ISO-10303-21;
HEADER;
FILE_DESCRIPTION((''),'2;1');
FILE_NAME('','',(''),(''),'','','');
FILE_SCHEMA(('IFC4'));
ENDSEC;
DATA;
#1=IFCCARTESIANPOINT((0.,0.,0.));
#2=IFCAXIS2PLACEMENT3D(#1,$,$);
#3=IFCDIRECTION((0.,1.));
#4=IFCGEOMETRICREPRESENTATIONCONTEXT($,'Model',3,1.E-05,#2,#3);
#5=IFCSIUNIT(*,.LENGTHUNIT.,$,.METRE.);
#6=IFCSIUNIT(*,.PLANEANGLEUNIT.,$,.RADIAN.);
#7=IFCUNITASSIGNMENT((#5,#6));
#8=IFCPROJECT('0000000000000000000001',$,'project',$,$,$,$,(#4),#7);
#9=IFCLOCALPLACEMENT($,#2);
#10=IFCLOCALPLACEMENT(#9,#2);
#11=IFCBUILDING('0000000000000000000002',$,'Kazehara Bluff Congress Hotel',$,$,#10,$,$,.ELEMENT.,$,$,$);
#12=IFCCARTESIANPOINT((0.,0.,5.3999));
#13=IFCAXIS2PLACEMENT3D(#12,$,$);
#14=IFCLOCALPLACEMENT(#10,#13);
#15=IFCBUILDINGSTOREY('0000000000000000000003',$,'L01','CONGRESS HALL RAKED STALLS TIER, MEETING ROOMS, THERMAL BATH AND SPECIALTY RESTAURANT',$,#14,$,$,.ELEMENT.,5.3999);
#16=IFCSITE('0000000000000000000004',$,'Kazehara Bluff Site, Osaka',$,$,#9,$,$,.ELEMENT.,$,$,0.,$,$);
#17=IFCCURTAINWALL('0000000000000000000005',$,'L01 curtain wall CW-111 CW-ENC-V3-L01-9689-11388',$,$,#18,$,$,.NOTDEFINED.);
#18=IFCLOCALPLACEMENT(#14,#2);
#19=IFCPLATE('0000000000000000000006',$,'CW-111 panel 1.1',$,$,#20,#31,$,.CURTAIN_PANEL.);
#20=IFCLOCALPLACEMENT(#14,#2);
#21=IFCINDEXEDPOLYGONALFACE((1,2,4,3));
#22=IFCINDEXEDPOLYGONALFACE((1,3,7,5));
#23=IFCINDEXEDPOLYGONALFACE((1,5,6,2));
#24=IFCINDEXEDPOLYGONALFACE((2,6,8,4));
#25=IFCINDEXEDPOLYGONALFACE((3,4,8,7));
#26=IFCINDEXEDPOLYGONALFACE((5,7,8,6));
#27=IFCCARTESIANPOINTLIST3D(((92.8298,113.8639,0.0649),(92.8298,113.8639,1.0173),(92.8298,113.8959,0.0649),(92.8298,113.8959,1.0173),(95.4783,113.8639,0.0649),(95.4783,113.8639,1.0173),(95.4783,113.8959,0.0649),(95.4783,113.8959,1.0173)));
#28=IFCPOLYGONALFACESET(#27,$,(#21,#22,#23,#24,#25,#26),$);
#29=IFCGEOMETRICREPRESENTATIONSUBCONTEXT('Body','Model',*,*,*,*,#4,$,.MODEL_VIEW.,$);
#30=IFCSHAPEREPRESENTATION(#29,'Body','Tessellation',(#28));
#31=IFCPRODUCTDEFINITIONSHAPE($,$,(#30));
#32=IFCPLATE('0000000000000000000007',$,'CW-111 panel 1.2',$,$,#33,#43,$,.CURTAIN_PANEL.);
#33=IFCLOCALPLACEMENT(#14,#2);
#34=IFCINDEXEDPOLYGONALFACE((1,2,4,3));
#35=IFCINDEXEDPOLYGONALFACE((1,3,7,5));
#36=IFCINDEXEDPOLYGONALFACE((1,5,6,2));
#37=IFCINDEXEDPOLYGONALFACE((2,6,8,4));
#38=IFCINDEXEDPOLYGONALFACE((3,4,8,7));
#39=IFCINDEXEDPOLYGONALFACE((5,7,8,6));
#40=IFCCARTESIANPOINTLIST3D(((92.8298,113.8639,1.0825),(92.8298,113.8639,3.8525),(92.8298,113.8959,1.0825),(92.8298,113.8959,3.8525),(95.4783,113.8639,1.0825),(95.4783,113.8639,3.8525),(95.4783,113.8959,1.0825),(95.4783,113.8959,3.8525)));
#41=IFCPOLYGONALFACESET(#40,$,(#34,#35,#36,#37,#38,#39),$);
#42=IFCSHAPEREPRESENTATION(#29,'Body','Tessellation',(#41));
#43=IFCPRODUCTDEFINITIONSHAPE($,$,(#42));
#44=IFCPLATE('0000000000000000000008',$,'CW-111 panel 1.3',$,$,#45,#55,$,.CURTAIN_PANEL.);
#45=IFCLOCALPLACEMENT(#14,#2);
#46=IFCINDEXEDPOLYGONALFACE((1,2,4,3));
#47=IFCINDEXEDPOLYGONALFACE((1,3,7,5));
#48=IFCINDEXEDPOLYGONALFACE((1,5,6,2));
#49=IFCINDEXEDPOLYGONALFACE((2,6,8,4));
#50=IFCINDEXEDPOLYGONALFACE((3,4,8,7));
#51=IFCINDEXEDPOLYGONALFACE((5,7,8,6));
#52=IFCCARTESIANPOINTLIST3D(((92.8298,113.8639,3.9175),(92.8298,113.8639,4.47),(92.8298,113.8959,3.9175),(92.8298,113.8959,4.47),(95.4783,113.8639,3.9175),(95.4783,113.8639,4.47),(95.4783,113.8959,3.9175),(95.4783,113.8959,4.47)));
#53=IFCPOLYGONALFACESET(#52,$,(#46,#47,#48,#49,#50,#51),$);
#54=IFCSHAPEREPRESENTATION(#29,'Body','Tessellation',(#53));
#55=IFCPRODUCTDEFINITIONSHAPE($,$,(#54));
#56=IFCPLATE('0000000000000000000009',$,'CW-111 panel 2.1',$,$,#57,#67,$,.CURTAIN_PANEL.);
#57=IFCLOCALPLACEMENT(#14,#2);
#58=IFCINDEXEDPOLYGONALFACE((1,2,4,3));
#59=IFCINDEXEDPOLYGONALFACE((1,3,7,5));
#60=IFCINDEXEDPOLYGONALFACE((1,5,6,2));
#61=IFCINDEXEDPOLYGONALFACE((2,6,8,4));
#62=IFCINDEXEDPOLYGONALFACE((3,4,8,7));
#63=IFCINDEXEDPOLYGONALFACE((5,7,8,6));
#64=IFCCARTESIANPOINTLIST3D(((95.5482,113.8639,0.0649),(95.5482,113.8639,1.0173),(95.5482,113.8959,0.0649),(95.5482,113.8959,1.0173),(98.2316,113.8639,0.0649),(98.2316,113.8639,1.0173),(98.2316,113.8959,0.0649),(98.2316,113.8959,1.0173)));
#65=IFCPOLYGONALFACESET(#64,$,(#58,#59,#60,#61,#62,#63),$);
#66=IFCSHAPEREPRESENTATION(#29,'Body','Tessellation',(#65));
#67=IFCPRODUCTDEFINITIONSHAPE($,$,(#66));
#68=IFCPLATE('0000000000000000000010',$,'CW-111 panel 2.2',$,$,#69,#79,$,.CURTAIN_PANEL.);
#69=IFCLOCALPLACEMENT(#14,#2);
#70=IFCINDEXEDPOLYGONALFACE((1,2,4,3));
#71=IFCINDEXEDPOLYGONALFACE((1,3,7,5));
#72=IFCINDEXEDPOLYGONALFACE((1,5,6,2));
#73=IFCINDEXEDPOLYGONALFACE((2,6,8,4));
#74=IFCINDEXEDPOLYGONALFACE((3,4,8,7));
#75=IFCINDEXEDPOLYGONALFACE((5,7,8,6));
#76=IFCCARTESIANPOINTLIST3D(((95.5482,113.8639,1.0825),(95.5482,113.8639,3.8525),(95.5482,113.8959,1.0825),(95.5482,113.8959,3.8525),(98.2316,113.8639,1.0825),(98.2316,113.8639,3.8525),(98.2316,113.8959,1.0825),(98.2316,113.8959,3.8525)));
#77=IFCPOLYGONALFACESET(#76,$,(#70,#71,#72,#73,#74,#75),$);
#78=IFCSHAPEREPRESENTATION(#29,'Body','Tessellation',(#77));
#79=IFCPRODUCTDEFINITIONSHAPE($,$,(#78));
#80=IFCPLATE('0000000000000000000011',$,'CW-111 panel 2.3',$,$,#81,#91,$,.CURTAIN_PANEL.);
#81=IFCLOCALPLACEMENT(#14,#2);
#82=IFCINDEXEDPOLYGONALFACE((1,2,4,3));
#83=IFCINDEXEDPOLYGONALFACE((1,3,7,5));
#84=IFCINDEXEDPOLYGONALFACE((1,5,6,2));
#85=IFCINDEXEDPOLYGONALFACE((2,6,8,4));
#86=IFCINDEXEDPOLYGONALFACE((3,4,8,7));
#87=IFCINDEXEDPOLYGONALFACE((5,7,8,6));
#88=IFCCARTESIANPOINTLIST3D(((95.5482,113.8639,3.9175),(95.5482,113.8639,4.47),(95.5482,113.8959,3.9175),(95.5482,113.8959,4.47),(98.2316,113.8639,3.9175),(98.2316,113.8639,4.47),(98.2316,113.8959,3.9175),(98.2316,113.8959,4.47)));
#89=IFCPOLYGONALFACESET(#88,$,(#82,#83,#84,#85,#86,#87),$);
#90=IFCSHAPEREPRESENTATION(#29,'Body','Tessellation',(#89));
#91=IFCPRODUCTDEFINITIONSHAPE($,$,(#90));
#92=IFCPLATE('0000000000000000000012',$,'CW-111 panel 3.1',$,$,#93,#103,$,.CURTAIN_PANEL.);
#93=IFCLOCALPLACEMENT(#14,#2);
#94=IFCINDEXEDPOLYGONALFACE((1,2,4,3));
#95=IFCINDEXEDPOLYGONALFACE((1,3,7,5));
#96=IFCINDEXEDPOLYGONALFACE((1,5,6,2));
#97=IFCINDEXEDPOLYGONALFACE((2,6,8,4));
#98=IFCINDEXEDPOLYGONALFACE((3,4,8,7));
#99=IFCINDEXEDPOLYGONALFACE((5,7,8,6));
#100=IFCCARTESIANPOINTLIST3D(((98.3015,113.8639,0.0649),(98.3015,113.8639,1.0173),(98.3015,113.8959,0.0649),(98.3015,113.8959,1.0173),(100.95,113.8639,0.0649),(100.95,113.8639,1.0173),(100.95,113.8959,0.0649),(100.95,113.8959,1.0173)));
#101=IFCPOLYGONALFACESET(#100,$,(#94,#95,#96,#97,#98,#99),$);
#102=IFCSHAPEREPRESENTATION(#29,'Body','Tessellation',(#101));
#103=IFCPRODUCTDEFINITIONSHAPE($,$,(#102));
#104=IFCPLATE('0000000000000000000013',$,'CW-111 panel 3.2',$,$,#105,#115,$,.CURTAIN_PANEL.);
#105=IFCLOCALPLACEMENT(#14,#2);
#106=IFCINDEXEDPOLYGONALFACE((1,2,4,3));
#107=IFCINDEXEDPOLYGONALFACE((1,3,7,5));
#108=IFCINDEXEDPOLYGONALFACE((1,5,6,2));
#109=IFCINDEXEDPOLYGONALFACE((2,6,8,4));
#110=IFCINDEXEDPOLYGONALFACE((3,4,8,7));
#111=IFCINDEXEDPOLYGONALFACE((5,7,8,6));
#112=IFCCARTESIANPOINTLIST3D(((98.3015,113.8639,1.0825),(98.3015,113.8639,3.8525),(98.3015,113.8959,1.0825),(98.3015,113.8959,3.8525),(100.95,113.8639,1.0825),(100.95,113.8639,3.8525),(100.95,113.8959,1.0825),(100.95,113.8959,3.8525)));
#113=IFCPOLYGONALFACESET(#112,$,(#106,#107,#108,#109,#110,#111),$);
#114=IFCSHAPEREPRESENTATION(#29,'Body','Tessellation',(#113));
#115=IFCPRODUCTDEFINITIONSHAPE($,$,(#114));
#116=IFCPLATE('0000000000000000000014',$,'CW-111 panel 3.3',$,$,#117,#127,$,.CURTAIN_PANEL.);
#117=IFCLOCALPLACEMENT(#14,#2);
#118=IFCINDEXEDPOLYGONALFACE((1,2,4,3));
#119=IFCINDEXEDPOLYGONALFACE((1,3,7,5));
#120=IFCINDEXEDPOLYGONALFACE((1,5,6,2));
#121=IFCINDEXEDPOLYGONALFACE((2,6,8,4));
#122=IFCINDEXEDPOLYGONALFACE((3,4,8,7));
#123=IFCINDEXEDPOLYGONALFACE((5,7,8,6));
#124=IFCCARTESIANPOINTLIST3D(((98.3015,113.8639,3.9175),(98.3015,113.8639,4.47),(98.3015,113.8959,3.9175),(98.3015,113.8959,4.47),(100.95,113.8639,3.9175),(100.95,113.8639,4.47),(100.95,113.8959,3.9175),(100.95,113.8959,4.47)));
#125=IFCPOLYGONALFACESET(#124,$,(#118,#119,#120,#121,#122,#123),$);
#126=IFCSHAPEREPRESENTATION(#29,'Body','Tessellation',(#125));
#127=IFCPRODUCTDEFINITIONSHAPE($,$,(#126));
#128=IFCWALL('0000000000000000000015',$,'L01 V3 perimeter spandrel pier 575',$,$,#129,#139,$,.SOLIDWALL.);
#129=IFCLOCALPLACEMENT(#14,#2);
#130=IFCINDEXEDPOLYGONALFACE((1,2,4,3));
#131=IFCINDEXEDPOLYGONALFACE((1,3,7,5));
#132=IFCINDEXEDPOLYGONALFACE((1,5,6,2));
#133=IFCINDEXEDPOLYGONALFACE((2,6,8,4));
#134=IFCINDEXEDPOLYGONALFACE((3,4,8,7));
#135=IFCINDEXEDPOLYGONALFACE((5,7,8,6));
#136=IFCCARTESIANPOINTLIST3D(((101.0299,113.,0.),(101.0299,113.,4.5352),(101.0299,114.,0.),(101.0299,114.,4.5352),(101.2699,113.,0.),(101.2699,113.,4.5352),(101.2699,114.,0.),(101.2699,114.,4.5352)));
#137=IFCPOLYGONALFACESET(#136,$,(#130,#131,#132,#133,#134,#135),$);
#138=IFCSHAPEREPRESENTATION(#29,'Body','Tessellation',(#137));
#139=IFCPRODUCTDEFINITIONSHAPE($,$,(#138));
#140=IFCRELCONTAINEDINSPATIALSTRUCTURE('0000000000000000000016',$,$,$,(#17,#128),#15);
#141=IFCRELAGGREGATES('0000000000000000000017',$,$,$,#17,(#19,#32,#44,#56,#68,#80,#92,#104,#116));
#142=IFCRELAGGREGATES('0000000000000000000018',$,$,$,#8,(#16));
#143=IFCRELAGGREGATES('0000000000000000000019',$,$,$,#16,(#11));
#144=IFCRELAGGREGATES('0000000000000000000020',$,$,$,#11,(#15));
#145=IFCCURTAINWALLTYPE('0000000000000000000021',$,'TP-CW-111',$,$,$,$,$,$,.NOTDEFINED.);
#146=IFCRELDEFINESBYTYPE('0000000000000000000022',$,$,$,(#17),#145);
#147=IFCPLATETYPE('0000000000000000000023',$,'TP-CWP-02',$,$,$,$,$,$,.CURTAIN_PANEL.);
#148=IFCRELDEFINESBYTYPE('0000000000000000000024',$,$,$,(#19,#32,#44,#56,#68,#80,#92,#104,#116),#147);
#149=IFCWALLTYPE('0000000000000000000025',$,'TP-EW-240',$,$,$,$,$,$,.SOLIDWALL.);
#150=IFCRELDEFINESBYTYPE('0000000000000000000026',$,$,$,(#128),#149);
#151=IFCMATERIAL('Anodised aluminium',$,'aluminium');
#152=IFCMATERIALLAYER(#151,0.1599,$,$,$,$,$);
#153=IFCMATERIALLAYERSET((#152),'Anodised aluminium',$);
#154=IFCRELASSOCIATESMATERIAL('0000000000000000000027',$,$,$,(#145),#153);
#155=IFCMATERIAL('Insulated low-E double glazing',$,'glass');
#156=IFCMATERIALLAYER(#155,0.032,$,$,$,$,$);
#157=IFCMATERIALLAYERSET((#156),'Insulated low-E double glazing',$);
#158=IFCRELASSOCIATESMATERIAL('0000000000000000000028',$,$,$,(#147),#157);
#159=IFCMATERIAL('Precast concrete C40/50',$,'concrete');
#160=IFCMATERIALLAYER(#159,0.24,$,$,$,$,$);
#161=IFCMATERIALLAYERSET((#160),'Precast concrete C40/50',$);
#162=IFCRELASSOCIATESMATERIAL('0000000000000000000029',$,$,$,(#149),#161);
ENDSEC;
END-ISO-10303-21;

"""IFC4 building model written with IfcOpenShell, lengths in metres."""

from ifc_helpers import new_model, si_unit, direction, frame, frame_2d, origin, origin_2d, place, context, subcontext, project, spatial, rectangle, extrude, material, layer, layer_set, type_object, element, aggregate, save


model = new_model("IFC4")

# Units and contexts
model_context = context("Model", 3, precision=1e-05, world=origin(), true_north=direction((0.0, 1.0)))
body_context = subcontext(model_context, "Body", "Model", "MODEL_VIEW")
ifc_project = project(units=[si_unit("LENGTHUNIT", "METRE"), si_unit("PLANEANGLEUNIT", "RADIAN")], contexts=[model_context])

# Site, building, storey
site_placement = place(None, origin())
site = spatial("IfcSite", under=ifc_project, at=site_placement, Name="Kazehara Bluff Site, Osaka", CompositionType="ELEMENT", RefElevation=0.0)
building_placement = place(site_placement, origin())
building = spatial("IfcBuilding", under=site, at=building_placement, Name="Kazehara Bluff Congress Hotel", CompositionType="ELEMENT")
storey_placement = place(building_placement, frame((0.0, 0.0, 5.3999)))
storey = spatial("IfcBuildingStorey", under=building, at=storey_placement, Name="L01", Description="CONGRESS HALL RAKED STALLS TIER, MEETING ROOMS, THERMAL BATH AND SPECIALTY RESTAURANT", CompositionType="ELEMENT", Elevation=5.3999)

# Curtain wall
ifc_material_1 = material(Name="Anodised aluminium", Category="aluminium")
ifc_layer_1 = layer(ifc_material_1, 0.1599)
ifc_layer_set_1 = layer_set([ifc_layer_1], Name="Anodised aluminium")
curtain_wall_type = type_object("IfcCurtainWallType", Name="TP-CW-111", PredefinedType="NOTDEFINED", material=ifc_layer_set_1)
curtain_wall_placement = place(storey_placement, origin())
curtain_wall = element("IfcCurtainWall", 1, at=curtain_wall_placement, inside=storey, type_object=curtain_wall_type, Name="L01 curtain wall CW-111 CW-ENC-V3-L01-9689-11388", PredefinedType="NOTDEFINED")

# Plates
ifc_material_2 = material(Name="Insulated low-E double glazing", Category="glass")
ifc_layer_2 = layer(ifc_material_2, 0.032)
ifc_layer_set_2 = layer_set([ifc_layer_2], Name="Insulated low-E double glazing")
plate_type = type_object("IfcPlateType", Name="TP-CWP-02", PredefinedType="CURTAIN_PANEL", material=ifc_layer_set_2)
plate_1_placement = place(storey_placement, frame((94.1541, 113.8799, 0.0649), z_axis=(0.0, 0.0, 1.0), x_axis=(1.0, 0.0, 0.0)))
plate_1 = element("IfcPlate", 2, at=plate_1_placement, type_object=plate_type, Name="CW-111 panel 1.1", PredefinedType="CURTAIN_PANEL", context=body_context, shape_type="SweptSolid", body=[
    extrude(rectangle(XDim=2.6484, YDim=0.032, at=origin_2d()), origin(), (0.0, 0.0, 1.0), 0.9524),
])
plate_2_placement = place(storey_placement, frame((94.1541, 113.8799, 1.0825), z_axis=(0.0, 0.0, 1.0), x_axis=(1.0, 0.0, 0.0)))
plate_2 = element("IfcPlate", 3, at=plate_2_placement, type_object=plate_type, Name="CW-111 panel 1.2", PredefinedType="CURTAIN_PANEL", context=body_context, shape_type="SweptSolid", body=[
    extrude(rectangle(XDim=2.6484, YDim=0.032, at=origin_2d()), origin(), (0.0, 0.0, 1.0), 2.77),
])
plate_3_placement = place(storey_placement, frame((94.1541, 113.8799, 3.9175), z_axis=(0.0, 0.0, 1.0), x_axis=(1.0, 0.0, 0.0)))
plate_3 = element("IfcPlate", 4, at=plate_3_placement, type_object=plate_type, Name="CW-111 panel 1.3", PredefinedType="CURTAIN_PANEL", context=body_context, shape_type="SweptSolid", body=[
    extrude(rectangle(XDim=2.6484, YDim=0.032, at=origin_2d()), origin(), (0.0, 0.0, 1.0), 0.5525),
])
plate_4_placement = place(storey_placement, frame((96.8899, 113.8799, 0.0649), z_axis=(0.0, 0.0, 1.0), x_axis=(1.0, 0.0, 0.0)))
plate_4 = element("IfcPlate", 5, at=plate_4_placement, type_object=plate_type, Name="CW-111 panel 2.1", PredefinedType="CURTAIN_PANEL", context=body_context, shape_type="SweptSolid", body=[
    extrude(rectangle(XDim=2.6833, YDim=0.032, at=origin_2d()), origin(), (0.0, 0.0, 1.0), 0.9524),
])
plate_5_placement = place(storey_placement, frame((96.8899, 113.8799, 1.0825), z_axis=(0.0, 0.0, 1.0), x_axis=(1.0, 0.0, 0.0)))
plate_5 = element("IfcPlate", 6, at=plate_5_placement, type_object=plate_type, Name="CW-111 panel 2.2", PredefinedType="CURTAIN_PANEL", context=body_context, shape_type="SweptSolid", body=[
    extrude(rectangle(XDim=2.6833, YDim=0.032, at=origin_2d()), origin(), (0.0, 0.0, 1.0), 2.77),
])
plate_6_placement = place(storey_placement, frame((96.8899, 113.8799, 3.9175), z_axis=(0.0, 0.0, 1.0), x_axis=(1.0, 0.0, 0.0)))
plate_6 = element("IfcPlate", 7, at=plate_6_placement, type_object=plate_type, Name="CW-111 panel 2.3", PredefinedType="CURTAIN_PANEL", context=body_context, shape_type="SweptSolid", body=[
    extrude(rectangle(XDim=2.6833, YDim=0.032, at=origin_2d()), origin(), (0.0, 0.0, 1.0), 0.5525),
])
plate_7_placement = place(storey_placement, frame((99.6257, 113.8799, 0.0649), z_axis=(0.0, 0.0, 1.0), x_axis=(1.0, 0.0, 0.0)))
plate_7 = element("IfcPlate", 8, at=plate_7_placement, type_object=plate_type, Name="CW-111 panel 3.1", PredefinedType="CURTAIN_PANEL", context=body_context, shape_type="SweptSolid", body=[
    extrude(rectangle(XDim=2.6484, YDim=0.032, at=origin_2d()), origin(), (0.0, 0.0, 1.0), 0.9524),
])
plate_8_placement = place(storey_placement, frame((99.6257, 113.8799, 1.0825), z_axis=(0.0, 0.0, 1.0), x_axis=(1.0, 0.0, 0.0)))
plate_8 = element("IfcPlate", 9, at=plate_8_placement, type_object=plate_type, Name="CW-111 panel 3.2", PredefinedType="CURTAIN_PANEL", context=body_context, shape_type="SweptSolid", body=[
    extrude(rectangle(XDim=2.6484, YDim=0.032, at=origin_2d()), origin(), (0.0, 0.0, 1.0), 2.77),
])
plate_9_placement = place(storey_placement, frame((99.6257, 113.8799, 3.9175), z_axis=(0.0, 0.0, 1.0), x_axis=(1.0, 0.0, 0.0)))
plate_9 = element("IfcPlate", 10, at=plate_9_placement, type_object=plate_type, Name="CW-111 panel 3.3", PredefinedType="CURTAIN_PANEL", context=body_context, shape_type="SweptSolid", body=[
    extrude(rectangle(XDim=2.6484, YDim=0.032, at=origin_2d()), origin(), (0.0, 0.0, 1.0), 0.5525),
])
aggregate(curtain_wall, [plate_1, plate_2, plate_3, plate_4, plate_5, plate_6, plate_7, plate_8, plate_9])

# Wall
ifc_material_3 = material(Name="Precast concrete C40/50", Category="concrete")
ifc_layer_3 = layer(ifc_material_3, 0.24)
ifc_layer_set_3 = layer_set([ifc_layer_3], Name="Precast concrete C40/50")
wall_type = type_object("IfcWallType", Name="TP-EW-240", PredefinedType="SOLIDWALL", material=ifc_layer_set_3)
wall_placement = place(storey_placement, frame((101.1499, 114.0, 0.0), z_axis=(0.0, 0.0, 1.0), x_axis=(0.0, -1.0, 0.0)))
element("IfcWall", 11, at=wall_placement, inside=storey, type_object=wall_type, Name="L01 V3 perimeter spandrel pier 575", PredefinedType="SOLIDWALL", context=body_context, shape_type="SweptSolid", body=[
    extrude(rectangle(XDim=1.0, YDim=0.24, at=frame_2d((0.5, 0.0))), origin(), (0.0, 0.0, 1.0), 4.5352),
])

save(model, "model.ifc")
